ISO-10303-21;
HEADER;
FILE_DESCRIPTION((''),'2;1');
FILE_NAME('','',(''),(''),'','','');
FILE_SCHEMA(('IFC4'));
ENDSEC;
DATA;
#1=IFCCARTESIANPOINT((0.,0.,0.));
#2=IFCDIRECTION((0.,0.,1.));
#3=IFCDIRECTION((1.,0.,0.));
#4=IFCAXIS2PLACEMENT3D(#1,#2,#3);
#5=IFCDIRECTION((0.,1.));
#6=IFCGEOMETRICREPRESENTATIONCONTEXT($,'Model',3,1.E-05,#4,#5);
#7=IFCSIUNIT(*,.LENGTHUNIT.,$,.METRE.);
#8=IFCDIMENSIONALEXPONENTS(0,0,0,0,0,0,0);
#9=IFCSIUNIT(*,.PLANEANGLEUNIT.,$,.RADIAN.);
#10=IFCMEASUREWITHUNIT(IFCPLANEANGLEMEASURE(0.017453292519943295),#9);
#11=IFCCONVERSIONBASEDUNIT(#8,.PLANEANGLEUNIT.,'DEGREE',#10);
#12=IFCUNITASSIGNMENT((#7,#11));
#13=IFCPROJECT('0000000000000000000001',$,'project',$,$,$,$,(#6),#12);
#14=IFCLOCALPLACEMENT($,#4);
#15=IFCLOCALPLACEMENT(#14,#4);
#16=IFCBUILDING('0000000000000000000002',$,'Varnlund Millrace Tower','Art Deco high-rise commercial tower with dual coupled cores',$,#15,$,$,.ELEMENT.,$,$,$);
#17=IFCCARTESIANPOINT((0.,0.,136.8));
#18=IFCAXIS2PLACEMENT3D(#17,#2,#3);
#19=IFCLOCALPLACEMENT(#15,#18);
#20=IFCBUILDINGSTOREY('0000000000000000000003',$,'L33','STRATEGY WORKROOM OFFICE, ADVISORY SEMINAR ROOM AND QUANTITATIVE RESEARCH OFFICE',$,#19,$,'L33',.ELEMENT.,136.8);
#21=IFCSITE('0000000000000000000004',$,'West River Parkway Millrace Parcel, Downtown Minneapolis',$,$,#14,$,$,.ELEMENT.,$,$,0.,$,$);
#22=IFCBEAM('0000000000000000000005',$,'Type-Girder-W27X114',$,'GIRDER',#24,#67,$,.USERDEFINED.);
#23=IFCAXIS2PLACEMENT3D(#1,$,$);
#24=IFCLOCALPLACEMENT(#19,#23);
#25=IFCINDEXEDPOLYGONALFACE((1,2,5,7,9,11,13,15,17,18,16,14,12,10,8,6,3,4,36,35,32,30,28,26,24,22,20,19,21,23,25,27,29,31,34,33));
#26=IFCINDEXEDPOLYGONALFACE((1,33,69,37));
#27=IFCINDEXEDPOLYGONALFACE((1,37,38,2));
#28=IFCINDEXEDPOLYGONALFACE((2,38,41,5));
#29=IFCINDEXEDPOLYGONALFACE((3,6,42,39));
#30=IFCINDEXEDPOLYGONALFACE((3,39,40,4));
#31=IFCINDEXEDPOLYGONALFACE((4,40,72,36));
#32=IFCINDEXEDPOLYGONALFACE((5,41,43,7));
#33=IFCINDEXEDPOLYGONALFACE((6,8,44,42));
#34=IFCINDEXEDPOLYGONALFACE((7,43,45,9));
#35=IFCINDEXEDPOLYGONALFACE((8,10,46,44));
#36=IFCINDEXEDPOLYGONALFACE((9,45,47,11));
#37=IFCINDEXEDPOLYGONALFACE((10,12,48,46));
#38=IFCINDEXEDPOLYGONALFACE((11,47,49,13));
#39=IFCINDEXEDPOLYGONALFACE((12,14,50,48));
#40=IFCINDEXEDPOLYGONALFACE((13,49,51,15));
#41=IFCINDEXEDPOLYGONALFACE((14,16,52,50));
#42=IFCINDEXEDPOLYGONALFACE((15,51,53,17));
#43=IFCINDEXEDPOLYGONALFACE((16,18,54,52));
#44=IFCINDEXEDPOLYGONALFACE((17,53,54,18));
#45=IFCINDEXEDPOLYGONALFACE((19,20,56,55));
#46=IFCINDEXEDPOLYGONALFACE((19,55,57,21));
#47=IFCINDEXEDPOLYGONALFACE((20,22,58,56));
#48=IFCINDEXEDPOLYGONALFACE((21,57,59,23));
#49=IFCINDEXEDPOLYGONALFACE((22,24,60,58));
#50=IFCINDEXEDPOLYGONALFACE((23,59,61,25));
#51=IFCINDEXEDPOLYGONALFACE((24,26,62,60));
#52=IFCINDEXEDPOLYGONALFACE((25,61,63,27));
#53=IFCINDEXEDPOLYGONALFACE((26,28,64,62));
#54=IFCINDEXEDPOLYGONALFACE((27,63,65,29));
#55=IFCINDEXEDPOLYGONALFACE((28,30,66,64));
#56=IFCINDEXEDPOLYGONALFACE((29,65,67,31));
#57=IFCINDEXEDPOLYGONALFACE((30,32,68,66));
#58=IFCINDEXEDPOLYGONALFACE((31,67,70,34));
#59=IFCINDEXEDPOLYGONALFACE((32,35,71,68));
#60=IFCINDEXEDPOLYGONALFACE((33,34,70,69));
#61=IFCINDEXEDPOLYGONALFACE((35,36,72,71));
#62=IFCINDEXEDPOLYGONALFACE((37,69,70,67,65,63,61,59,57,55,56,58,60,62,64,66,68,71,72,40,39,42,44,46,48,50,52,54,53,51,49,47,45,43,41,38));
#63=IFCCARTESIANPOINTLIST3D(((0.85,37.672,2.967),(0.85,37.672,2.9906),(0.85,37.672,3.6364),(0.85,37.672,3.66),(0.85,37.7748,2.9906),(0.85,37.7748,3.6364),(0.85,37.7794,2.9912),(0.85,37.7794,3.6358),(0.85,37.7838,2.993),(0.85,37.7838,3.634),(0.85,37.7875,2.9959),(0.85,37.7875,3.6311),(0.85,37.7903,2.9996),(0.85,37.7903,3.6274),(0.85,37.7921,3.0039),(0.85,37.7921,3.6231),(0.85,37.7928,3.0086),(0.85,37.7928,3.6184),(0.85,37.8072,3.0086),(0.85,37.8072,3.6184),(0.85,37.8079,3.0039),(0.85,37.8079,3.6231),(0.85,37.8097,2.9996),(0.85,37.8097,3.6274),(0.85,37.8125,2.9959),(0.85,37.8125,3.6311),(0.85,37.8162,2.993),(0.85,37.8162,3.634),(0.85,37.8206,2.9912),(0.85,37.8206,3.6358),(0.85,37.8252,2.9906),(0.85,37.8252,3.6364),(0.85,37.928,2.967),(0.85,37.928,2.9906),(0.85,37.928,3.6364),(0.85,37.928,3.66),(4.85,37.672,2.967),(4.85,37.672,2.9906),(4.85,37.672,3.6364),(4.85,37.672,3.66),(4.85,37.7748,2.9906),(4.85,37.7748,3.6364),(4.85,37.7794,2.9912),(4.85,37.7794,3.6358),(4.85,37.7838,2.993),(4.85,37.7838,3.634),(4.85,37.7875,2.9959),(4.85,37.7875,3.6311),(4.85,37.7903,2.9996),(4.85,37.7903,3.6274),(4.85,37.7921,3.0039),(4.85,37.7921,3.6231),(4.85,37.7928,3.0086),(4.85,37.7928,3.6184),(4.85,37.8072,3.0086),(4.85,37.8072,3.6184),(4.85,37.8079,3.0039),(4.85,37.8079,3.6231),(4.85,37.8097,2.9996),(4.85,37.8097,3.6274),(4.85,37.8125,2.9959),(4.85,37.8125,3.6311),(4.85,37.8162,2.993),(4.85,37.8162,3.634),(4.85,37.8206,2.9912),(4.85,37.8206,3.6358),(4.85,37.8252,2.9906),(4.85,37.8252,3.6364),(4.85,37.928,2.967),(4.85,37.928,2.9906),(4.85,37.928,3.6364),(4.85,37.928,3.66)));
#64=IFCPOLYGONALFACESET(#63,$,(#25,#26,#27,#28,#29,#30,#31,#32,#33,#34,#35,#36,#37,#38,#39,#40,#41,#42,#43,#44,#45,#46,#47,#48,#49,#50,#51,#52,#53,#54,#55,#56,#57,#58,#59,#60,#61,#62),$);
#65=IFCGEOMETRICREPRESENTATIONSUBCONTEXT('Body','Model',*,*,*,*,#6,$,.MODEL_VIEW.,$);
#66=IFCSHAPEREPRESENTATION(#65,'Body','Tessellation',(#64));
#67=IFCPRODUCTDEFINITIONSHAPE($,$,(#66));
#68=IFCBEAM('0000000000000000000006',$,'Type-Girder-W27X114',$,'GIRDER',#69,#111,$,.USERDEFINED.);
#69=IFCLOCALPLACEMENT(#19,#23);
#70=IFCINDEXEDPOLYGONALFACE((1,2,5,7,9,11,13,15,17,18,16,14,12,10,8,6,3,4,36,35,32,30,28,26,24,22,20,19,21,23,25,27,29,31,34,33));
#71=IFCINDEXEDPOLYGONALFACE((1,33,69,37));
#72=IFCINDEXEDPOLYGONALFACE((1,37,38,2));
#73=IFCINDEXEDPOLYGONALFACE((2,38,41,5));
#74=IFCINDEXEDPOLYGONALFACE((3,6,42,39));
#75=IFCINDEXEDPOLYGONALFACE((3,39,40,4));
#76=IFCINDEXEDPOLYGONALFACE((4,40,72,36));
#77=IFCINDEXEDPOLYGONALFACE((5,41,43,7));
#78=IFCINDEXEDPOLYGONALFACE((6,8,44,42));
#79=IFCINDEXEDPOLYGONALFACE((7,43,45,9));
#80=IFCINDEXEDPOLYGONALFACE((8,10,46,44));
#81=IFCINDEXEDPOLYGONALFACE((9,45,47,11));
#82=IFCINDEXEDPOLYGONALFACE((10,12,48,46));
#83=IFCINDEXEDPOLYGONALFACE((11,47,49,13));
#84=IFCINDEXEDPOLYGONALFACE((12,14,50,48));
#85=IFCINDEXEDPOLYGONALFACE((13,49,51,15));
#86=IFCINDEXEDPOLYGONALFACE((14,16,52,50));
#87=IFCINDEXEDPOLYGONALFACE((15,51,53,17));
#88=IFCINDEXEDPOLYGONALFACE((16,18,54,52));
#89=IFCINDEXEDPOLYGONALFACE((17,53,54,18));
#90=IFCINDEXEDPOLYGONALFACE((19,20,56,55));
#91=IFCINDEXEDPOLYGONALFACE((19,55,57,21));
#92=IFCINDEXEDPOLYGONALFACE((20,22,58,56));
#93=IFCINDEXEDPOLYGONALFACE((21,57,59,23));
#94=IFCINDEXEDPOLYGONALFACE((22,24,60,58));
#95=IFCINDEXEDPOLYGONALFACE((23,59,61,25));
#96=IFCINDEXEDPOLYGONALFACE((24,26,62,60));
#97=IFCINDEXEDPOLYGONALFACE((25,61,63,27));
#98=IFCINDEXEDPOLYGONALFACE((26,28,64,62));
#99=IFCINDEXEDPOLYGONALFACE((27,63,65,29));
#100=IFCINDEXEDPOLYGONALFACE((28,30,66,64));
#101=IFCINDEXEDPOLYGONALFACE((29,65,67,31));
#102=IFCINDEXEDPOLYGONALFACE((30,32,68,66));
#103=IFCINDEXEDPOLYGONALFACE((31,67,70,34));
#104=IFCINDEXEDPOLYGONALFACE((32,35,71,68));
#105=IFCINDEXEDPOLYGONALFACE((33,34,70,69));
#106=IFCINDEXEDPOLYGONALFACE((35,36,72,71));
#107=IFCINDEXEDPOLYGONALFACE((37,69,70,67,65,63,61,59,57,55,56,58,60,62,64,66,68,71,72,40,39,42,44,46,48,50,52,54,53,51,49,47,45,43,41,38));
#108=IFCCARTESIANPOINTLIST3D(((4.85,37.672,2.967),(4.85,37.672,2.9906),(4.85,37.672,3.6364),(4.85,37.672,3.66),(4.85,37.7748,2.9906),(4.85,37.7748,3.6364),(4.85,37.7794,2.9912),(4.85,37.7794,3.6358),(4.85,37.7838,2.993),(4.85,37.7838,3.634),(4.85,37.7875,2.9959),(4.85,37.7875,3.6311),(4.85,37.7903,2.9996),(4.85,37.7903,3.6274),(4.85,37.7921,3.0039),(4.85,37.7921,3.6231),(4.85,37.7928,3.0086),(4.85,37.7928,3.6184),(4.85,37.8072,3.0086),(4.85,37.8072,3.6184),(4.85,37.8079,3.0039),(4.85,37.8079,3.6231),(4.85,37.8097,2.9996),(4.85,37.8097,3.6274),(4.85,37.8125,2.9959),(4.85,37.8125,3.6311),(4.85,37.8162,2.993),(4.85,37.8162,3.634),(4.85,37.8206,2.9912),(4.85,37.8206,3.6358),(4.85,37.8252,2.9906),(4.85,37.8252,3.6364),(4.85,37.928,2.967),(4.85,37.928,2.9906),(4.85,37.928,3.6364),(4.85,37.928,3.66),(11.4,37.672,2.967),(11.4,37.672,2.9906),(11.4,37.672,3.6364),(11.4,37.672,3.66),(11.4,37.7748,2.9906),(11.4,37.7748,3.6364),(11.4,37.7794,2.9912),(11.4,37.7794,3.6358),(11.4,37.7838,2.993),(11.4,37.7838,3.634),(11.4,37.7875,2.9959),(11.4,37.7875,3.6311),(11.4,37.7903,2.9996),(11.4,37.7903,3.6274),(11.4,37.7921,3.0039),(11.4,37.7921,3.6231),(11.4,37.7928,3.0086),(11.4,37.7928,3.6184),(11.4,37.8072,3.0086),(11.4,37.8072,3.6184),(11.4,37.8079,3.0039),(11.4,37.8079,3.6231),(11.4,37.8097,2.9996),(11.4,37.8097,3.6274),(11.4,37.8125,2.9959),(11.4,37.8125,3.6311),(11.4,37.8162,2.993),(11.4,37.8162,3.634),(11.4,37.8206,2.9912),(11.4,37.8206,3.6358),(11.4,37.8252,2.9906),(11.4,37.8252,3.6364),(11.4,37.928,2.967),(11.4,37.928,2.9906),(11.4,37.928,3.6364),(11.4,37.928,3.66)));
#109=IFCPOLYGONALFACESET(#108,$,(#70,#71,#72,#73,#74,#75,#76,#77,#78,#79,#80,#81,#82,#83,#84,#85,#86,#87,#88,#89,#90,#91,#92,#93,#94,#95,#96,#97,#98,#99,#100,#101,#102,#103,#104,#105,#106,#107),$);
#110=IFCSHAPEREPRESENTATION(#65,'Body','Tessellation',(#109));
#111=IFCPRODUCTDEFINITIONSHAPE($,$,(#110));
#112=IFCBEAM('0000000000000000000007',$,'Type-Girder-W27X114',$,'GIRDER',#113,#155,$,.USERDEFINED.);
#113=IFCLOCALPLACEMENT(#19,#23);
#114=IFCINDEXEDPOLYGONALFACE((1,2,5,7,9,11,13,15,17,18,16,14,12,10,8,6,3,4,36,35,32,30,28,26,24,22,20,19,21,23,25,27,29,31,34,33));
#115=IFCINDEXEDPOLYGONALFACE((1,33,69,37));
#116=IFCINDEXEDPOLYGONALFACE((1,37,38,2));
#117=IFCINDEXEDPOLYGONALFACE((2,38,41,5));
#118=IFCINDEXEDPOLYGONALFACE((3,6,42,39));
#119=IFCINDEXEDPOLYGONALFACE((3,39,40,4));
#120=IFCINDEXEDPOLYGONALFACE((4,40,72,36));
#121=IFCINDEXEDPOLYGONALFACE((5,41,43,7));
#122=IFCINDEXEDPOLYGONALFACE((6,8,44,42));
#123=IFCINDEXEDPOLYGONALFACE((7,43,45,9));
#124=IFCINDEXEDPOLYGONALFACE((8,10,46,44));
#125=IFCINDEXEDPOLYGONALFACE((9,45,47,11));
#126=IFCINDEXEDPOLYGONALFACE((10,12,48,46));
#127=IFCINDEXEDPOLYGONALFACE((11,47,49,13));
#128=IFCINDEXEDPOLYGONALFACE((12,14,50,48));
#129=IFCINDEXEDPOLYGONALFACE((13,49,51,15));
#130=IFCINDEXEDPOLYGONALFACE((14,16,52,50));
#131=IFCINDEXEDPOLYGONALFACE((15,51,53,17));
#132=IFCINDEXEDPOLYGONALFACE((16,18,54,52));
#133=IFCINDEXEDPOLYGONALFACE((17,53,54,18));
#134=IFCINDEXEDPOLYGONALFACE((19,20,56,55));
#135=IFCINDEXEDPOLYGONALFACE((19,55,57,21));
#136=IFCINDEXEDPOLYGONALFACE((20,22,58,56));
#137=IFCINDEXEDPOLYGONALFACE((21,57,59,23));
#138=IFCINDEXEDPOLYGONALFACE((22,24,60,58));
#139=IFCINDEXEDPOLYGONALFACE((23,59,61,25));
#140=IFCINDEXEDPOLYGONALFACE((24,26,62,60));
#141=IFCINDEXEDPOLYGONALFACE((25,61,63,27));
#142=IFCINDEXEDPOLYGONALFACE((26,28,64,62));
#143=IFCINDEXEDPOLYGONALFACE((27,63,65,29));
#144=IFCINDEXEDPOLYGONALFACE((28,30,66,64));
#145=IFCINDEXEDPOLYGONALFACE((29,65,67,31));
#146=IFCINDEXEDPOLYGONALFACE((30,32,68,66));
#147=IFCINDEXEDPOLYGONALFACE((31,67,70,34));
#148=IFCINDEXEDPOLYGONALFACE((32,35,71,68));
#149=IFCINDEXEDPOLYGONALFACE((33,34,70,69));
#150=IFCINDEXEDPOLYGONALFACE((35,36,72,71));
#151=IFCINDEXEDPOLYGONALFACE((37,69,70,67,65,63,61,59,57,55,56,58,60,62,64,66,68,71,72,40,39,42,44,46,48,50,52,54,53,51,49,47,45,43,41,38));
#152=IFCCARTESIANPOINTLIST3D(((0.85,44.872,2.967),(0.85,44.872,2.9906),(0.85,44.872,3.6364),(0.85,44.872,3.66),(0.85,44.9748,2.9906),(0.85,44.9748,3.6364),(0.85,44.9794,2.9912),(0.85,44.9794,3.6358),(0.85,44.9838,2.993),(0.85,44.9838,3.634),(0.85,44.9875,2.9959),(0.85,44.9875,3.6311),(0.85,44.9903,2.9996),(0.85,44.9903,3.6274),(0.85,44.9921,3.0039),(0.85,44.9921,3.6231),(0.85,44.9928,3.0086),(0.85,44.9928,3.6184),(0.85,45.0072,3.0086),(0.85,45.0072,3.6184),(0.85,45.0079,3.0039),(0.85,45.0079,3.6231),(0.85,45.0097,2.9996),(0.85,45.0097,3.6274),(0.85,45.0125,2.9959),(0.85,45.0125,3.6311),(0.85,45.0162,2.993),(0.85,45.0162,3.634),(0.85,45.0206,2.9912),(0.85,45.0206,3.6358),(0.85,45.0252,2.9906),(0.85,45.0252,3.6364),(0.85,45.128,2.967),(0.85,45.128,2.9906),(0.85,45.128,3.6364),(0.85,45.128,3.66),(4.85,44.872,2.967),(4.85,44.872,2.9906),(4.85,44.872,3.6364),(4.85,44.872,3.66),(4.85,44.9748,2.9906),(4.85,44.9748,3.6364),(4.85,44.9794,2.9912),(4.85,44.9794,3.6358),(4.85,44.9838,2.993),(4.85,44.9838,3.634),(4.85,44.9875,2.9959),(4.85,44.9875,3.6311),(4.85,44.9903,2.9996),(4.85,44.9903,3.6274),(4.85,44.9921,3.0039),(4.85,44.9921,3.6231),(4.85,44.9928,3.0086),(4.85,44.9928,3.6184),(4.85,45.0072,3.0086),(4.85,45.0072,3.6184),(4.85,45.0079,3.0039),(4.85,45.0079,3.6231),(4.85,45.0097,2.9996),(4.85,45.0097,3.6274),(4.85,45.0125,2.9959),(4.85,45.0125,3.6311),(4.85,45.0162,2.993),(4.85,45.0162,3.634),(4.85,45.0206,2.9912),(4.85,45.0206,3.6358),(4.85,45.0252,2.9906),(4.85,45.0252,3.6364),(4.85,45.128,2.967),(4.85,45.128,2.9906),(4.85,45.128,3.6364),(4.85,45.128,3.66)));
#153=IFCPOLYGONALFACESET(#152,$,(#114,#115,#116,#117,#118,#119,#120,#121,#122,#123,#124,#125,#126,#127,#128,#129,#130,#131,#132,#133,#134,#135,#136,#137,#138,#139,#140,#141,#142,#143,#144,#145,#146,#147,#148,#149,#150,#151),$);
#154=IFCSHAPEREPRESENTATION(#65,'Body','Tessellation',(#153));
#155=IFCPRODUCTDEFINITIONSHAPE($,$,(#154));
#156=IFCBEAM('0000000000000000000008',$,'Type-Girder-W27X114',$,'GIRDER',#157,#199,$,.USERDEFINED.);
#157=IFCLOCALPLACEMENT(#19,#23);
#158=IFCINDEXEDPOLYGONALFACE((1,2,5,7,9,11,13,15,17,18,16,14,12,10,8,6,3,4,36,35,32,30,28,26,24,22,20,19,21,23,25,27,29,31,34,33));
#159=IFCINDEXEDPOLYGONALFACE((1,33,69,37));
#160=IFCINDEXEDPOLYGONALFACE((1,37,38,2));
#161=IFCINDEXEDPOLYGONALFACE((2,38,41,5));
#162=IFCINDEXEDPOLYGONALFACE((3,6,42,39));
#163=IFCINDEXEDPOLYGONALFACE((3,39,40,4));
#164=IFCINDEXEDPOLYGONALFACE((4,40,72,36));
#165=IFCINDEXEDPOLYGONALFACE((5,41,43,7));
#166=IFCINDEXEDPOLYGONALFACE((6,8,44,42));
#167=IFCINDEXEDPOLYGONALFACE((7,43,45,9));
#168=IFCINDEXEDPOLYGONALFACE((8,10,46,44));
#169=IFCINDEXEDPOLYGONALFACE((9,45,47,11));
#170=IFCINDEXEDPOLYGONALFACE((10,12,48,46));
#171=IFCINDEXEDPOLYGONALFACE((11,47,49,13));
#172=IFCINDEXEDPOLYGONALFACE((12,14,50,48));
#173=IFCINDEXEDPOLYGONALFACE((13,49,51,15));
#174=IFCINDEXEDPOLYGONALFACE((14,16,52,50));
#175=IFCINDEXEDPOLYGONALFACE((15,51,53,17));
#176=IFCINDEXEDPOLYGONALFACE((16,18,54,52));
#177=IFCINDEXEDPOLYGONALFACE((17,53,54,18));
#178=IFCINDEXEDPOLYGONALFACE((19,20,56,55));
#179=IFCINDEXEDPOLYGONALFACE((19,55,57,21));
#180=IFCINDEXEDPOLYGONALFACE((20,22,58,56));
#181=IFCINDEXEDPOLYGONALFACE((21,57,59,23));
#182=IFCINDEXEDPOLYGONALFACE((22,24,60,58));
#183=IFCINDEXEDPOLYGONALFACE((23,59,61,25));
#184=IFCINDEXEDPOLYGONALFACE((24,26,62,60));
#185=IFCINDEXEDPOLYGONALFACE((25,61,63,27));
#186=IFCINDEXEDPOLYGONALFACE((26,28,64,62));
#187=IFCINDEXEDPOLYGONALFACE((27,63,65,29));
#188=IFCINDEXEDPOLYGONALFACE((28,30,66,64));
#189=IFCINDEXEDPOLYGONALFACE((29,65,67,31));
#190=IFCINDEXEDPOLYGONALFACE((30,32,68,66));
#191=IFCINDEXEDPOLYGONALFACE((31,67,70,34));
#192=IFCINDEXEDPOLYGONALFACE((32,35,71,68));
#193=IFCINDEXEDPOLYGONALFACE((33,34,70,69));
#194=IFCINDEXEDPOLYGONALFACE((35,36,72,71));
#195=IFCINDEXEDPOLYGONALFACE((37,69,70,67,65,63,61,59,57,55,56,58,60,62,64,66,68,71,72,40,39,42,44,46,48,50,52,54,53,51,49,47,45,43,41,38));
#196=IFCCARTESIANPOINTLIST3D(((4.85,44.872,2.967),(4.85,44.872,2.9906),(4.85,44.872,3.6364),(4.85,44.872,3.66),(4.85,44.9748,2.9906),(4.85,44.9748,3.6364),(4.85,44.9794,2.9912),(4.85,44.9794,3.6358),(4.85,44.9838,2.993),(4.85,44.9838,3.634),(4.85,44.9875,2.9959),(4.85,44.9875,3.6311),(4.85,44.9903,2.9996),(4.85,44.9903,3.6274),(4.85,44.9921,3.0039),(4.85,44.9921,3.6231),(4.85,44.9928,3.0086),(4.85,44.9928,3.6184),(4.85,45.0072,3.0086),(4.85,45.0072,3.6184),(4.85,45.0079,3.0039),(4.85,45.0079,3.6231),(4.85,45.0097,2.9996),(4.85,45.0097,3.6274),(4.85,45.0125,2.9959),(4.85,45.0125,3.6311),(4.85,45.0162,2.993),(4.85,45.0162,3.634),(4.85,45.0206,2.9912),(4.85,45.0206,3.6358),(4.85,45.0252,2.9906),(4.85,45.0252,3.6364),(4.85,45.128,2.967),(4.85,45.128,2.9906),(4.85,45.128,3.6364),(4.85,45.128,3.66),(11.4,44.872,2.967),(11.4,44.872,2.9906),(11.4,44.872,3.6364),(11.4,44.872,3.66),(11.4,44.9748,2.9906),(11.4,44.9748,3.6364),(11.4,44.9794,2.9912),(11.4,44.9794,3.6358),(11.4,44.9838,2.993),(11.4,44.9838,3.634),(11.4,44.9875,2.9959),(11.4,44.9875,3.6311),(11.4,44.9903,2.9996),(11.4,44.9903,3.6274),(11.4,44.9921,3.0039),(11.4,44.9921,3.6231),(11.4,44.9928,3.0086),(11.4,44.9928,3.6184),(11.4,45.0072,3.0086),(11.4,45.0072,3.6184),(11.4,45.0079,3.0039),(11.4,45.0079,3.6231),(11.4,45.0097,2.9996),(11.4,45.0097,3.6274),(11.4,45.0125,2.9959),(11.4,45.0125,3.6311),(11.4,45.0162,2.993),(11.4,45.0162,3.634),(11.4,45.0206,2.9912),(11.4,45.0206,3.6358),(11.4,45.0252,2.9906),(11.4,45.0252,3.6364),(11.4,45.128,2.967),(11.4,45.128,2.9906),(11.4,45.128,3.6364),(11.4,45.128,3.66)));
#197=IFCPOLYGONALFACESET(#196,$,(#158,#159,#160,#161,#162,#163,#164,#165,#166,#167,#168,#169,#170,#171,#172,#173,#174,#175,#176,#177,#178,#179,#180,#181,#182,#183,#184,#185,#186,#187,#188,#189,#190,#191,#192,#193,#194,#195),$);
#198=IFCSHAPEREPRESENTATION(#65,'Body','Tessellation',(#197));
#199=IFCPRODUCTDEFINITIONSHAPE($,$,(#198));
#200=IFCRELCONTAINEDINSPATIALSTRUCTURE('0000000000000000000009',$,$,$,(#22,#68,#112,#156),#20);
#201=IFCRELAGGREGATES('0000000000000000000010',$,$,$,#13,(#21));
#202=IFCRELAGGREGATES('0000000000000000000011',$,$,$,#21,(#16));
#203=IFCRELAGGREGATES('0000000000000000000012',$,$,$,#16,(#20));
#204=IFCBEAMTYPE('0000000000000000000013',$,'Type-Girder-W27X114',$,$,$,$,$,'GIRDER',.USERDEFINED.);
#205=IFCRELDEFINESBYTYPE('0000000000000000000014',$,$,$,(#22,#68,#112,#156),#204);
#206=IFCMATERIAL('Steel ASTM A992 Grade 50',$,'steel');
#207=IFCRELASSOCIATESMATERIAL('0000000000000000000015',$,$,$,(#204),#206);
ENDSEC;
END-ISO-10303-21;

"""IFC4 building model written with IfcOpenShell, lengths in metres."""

from ifc_helpers import new_model, entity, si_unit, converted_unit, direction, frame, origin_with_axes, origin_2d_with_axis, place, context, subcontext, project, spatial, i_section, extrude, material, material_profile, profile_set, type_object, element, save


model = new_model("IFC4")

# Units and contexts
model_context = context("Model", 3, precision=1e-05, world=origin_with_axes(), true_north=direction((0.0, 1.0)))
body_context = subcontext(model_context, "Body", "Model", "MODEL_VIEW")
ifc_project = project(units=[si_unit("LENGTHUNIT", "METRE"), converted_unit("PLANEANGLEUNIT", "DEGREE", entity("IfcPlaneAngleMeasure", 0.017453292519943295), si_unit("PLANEANGLEUNIT", "RADIAN"), dimensions=[0, 0, 0, 0, 0, 0, 0])], contexts=[model_context])

# Site, building, storey
site_placement = place(None, origin_with_axes())
site = spatial("IfcSite", under=ifc_project, at=site_placement, Name="West River Parkway Millrace Parcel, Downtown Minneapolis", CompositionType="ELEMENT", RefElevation=0.0)
building_placement = place(site_placement, origin_with_axes())
building = spatial("IfcBuilding", under=site, at=building_placement, Name="Varnlund Millrace Tower", Description="Art Deco high-rise commercial tower with dual coupled cores", CompositionType="ELEMENT")
storey_placement = place(building_placement, frame((0.0, 0.0, 136.8), z_axis=(0.0, 0.0, 1.0), x_axis=(1.0, 0.0, 0.0)))
storey = spatial("IfcBuildingStorey", under=building, at=storey_placement, Name="L33", Description="STRATEGY WORKROOM OFFICE, ADVISORY SEMINAR ROOM AND QUANTITATIVE RESEARCH OFFICE", LongName="L33", CompositionType="ELEMENT", Elevation=136.8)

# Beams
ifc_material_1 = material(Name="Steel ASTM A992 Grade 50", Category="steel")
ifc_material_profile_1 = material_profile(ifc_material_1, i_section(OverallWidth=0.256, OverallDepth=0.693, WebThickness=0.0145, FlangeThickness=0.0236, FilletRadius=0.018, at=origin_2d_with_axis()), Name="Steel ASTM A992 Grade 50")
ifc_profile_set_1 = profile_set([ifc_material_profile_1], Name="Steel ASTM A992 Grade 50")
beam_type_1 = type_object("IfcBeamType", Name="Type-Girder-W27X114", ElementType="GIRDER", PredefinedType="USERDEFINED", material=ifc_profile_set_1)
beam_1_placement = place(storey_placement, frame((0.85, 37.8, 3.3135), z_axis=(1.0, 0.0, 0.0), x_axis=(0.0, 1.0, 0.0)))
element("IfcBeam", 1, at=beam_1_placement, inside=storey, type_object=beam_type_1, Name="Type-Girder-W27X114", ObjectType="GIRDER", PredefinedType="USERDEFINED", context=body_context, shape_type="SweptSolid", body=[
    extrude(i_section(OverallWidth=0.256, OverallDepth=0.693, WebThickness=0.0145, FlangeThickness=0.0236, FilletRadius=0.018, at=origin_2d_with_axis()), origin_with_axes(), (0.0, 0.0, 1.0), 4.0),
])
beam_2_placement = place(storey_placement, frame((4.85, 37.8, 3.3135), z_axis=(1.0, 0.0, 0.0), x_axis=(0.0, 1.0, 0.0)))
element("IfcBeam", 2, at=beam_2_placement, inside=storey, type_object=beam_type_1, Name="Type-Girder-W27X114", ObjectType="GIRDER", PredefinedType="USERDEFINED", context=body_context, shape_type="SweptSolid", body=[
    extrude(i_section(OverallWidth=0.256, OverallDepth=0.693, WebThickness=0.0145, FlangeThickness=0.0236, FilletRadius=0.018, at=origin_2d_with_axis()), origin_with_axes(), (0.0, 0.0, 1.0), 6.55),
])
beam_3_placement = place(storey_placement, frame((0.85, 45.0, 3.3135), z_axis=(1.0, 0.0, 0.0), x_axis=(0.0, 1.0, 0.0)))
element("IfcBeam", 3, at=beam_3_placement, inside=storey, type_object=beam_type_1, Name="Type-Girder-W27X114", ObjectType="GIRDER", PredefinedType="USERDEFINED", context=body_context, shape_type="SweptSolid", body=[
    extrude(i_section(OverallWidth=0.256, OverallDepth=0.693, WebThickness=0.0145, FlangeThickness=0.0236, FilletRadius=0.018, at=origin_2d_with_axis()), origin_with_axes(), (0.0, 0.0, 1.0), 4.0),
])
beam_4_placement = place(storey_placement, frame((4.85, 45.0, 3.3135), z_axis=(1.0, 0.0, 0.0), x_axis=(0.0, 1.0, 0.0)))
element("IfcBeam", 4, at=beam_4_placement, inside=storey, type_object=beam_type_1, Name="Type-Girder-W27X114", ObjectType="GIRDER", PredefinedType="USERDEFINED", context=body_context, shape_type="SweptSolid", body=[
    extrude(i_section(OverallWidth=0.256, OverallDepth=0.693, WebThickness=0.0145, FlangeThickness=0.0236, FilletRadius=0.018, at=origin_2d_with_axis()), origin_with_axes(), (0.0, 0.0, 1.0), 6.55),
])

save(model, "model.ifc")
